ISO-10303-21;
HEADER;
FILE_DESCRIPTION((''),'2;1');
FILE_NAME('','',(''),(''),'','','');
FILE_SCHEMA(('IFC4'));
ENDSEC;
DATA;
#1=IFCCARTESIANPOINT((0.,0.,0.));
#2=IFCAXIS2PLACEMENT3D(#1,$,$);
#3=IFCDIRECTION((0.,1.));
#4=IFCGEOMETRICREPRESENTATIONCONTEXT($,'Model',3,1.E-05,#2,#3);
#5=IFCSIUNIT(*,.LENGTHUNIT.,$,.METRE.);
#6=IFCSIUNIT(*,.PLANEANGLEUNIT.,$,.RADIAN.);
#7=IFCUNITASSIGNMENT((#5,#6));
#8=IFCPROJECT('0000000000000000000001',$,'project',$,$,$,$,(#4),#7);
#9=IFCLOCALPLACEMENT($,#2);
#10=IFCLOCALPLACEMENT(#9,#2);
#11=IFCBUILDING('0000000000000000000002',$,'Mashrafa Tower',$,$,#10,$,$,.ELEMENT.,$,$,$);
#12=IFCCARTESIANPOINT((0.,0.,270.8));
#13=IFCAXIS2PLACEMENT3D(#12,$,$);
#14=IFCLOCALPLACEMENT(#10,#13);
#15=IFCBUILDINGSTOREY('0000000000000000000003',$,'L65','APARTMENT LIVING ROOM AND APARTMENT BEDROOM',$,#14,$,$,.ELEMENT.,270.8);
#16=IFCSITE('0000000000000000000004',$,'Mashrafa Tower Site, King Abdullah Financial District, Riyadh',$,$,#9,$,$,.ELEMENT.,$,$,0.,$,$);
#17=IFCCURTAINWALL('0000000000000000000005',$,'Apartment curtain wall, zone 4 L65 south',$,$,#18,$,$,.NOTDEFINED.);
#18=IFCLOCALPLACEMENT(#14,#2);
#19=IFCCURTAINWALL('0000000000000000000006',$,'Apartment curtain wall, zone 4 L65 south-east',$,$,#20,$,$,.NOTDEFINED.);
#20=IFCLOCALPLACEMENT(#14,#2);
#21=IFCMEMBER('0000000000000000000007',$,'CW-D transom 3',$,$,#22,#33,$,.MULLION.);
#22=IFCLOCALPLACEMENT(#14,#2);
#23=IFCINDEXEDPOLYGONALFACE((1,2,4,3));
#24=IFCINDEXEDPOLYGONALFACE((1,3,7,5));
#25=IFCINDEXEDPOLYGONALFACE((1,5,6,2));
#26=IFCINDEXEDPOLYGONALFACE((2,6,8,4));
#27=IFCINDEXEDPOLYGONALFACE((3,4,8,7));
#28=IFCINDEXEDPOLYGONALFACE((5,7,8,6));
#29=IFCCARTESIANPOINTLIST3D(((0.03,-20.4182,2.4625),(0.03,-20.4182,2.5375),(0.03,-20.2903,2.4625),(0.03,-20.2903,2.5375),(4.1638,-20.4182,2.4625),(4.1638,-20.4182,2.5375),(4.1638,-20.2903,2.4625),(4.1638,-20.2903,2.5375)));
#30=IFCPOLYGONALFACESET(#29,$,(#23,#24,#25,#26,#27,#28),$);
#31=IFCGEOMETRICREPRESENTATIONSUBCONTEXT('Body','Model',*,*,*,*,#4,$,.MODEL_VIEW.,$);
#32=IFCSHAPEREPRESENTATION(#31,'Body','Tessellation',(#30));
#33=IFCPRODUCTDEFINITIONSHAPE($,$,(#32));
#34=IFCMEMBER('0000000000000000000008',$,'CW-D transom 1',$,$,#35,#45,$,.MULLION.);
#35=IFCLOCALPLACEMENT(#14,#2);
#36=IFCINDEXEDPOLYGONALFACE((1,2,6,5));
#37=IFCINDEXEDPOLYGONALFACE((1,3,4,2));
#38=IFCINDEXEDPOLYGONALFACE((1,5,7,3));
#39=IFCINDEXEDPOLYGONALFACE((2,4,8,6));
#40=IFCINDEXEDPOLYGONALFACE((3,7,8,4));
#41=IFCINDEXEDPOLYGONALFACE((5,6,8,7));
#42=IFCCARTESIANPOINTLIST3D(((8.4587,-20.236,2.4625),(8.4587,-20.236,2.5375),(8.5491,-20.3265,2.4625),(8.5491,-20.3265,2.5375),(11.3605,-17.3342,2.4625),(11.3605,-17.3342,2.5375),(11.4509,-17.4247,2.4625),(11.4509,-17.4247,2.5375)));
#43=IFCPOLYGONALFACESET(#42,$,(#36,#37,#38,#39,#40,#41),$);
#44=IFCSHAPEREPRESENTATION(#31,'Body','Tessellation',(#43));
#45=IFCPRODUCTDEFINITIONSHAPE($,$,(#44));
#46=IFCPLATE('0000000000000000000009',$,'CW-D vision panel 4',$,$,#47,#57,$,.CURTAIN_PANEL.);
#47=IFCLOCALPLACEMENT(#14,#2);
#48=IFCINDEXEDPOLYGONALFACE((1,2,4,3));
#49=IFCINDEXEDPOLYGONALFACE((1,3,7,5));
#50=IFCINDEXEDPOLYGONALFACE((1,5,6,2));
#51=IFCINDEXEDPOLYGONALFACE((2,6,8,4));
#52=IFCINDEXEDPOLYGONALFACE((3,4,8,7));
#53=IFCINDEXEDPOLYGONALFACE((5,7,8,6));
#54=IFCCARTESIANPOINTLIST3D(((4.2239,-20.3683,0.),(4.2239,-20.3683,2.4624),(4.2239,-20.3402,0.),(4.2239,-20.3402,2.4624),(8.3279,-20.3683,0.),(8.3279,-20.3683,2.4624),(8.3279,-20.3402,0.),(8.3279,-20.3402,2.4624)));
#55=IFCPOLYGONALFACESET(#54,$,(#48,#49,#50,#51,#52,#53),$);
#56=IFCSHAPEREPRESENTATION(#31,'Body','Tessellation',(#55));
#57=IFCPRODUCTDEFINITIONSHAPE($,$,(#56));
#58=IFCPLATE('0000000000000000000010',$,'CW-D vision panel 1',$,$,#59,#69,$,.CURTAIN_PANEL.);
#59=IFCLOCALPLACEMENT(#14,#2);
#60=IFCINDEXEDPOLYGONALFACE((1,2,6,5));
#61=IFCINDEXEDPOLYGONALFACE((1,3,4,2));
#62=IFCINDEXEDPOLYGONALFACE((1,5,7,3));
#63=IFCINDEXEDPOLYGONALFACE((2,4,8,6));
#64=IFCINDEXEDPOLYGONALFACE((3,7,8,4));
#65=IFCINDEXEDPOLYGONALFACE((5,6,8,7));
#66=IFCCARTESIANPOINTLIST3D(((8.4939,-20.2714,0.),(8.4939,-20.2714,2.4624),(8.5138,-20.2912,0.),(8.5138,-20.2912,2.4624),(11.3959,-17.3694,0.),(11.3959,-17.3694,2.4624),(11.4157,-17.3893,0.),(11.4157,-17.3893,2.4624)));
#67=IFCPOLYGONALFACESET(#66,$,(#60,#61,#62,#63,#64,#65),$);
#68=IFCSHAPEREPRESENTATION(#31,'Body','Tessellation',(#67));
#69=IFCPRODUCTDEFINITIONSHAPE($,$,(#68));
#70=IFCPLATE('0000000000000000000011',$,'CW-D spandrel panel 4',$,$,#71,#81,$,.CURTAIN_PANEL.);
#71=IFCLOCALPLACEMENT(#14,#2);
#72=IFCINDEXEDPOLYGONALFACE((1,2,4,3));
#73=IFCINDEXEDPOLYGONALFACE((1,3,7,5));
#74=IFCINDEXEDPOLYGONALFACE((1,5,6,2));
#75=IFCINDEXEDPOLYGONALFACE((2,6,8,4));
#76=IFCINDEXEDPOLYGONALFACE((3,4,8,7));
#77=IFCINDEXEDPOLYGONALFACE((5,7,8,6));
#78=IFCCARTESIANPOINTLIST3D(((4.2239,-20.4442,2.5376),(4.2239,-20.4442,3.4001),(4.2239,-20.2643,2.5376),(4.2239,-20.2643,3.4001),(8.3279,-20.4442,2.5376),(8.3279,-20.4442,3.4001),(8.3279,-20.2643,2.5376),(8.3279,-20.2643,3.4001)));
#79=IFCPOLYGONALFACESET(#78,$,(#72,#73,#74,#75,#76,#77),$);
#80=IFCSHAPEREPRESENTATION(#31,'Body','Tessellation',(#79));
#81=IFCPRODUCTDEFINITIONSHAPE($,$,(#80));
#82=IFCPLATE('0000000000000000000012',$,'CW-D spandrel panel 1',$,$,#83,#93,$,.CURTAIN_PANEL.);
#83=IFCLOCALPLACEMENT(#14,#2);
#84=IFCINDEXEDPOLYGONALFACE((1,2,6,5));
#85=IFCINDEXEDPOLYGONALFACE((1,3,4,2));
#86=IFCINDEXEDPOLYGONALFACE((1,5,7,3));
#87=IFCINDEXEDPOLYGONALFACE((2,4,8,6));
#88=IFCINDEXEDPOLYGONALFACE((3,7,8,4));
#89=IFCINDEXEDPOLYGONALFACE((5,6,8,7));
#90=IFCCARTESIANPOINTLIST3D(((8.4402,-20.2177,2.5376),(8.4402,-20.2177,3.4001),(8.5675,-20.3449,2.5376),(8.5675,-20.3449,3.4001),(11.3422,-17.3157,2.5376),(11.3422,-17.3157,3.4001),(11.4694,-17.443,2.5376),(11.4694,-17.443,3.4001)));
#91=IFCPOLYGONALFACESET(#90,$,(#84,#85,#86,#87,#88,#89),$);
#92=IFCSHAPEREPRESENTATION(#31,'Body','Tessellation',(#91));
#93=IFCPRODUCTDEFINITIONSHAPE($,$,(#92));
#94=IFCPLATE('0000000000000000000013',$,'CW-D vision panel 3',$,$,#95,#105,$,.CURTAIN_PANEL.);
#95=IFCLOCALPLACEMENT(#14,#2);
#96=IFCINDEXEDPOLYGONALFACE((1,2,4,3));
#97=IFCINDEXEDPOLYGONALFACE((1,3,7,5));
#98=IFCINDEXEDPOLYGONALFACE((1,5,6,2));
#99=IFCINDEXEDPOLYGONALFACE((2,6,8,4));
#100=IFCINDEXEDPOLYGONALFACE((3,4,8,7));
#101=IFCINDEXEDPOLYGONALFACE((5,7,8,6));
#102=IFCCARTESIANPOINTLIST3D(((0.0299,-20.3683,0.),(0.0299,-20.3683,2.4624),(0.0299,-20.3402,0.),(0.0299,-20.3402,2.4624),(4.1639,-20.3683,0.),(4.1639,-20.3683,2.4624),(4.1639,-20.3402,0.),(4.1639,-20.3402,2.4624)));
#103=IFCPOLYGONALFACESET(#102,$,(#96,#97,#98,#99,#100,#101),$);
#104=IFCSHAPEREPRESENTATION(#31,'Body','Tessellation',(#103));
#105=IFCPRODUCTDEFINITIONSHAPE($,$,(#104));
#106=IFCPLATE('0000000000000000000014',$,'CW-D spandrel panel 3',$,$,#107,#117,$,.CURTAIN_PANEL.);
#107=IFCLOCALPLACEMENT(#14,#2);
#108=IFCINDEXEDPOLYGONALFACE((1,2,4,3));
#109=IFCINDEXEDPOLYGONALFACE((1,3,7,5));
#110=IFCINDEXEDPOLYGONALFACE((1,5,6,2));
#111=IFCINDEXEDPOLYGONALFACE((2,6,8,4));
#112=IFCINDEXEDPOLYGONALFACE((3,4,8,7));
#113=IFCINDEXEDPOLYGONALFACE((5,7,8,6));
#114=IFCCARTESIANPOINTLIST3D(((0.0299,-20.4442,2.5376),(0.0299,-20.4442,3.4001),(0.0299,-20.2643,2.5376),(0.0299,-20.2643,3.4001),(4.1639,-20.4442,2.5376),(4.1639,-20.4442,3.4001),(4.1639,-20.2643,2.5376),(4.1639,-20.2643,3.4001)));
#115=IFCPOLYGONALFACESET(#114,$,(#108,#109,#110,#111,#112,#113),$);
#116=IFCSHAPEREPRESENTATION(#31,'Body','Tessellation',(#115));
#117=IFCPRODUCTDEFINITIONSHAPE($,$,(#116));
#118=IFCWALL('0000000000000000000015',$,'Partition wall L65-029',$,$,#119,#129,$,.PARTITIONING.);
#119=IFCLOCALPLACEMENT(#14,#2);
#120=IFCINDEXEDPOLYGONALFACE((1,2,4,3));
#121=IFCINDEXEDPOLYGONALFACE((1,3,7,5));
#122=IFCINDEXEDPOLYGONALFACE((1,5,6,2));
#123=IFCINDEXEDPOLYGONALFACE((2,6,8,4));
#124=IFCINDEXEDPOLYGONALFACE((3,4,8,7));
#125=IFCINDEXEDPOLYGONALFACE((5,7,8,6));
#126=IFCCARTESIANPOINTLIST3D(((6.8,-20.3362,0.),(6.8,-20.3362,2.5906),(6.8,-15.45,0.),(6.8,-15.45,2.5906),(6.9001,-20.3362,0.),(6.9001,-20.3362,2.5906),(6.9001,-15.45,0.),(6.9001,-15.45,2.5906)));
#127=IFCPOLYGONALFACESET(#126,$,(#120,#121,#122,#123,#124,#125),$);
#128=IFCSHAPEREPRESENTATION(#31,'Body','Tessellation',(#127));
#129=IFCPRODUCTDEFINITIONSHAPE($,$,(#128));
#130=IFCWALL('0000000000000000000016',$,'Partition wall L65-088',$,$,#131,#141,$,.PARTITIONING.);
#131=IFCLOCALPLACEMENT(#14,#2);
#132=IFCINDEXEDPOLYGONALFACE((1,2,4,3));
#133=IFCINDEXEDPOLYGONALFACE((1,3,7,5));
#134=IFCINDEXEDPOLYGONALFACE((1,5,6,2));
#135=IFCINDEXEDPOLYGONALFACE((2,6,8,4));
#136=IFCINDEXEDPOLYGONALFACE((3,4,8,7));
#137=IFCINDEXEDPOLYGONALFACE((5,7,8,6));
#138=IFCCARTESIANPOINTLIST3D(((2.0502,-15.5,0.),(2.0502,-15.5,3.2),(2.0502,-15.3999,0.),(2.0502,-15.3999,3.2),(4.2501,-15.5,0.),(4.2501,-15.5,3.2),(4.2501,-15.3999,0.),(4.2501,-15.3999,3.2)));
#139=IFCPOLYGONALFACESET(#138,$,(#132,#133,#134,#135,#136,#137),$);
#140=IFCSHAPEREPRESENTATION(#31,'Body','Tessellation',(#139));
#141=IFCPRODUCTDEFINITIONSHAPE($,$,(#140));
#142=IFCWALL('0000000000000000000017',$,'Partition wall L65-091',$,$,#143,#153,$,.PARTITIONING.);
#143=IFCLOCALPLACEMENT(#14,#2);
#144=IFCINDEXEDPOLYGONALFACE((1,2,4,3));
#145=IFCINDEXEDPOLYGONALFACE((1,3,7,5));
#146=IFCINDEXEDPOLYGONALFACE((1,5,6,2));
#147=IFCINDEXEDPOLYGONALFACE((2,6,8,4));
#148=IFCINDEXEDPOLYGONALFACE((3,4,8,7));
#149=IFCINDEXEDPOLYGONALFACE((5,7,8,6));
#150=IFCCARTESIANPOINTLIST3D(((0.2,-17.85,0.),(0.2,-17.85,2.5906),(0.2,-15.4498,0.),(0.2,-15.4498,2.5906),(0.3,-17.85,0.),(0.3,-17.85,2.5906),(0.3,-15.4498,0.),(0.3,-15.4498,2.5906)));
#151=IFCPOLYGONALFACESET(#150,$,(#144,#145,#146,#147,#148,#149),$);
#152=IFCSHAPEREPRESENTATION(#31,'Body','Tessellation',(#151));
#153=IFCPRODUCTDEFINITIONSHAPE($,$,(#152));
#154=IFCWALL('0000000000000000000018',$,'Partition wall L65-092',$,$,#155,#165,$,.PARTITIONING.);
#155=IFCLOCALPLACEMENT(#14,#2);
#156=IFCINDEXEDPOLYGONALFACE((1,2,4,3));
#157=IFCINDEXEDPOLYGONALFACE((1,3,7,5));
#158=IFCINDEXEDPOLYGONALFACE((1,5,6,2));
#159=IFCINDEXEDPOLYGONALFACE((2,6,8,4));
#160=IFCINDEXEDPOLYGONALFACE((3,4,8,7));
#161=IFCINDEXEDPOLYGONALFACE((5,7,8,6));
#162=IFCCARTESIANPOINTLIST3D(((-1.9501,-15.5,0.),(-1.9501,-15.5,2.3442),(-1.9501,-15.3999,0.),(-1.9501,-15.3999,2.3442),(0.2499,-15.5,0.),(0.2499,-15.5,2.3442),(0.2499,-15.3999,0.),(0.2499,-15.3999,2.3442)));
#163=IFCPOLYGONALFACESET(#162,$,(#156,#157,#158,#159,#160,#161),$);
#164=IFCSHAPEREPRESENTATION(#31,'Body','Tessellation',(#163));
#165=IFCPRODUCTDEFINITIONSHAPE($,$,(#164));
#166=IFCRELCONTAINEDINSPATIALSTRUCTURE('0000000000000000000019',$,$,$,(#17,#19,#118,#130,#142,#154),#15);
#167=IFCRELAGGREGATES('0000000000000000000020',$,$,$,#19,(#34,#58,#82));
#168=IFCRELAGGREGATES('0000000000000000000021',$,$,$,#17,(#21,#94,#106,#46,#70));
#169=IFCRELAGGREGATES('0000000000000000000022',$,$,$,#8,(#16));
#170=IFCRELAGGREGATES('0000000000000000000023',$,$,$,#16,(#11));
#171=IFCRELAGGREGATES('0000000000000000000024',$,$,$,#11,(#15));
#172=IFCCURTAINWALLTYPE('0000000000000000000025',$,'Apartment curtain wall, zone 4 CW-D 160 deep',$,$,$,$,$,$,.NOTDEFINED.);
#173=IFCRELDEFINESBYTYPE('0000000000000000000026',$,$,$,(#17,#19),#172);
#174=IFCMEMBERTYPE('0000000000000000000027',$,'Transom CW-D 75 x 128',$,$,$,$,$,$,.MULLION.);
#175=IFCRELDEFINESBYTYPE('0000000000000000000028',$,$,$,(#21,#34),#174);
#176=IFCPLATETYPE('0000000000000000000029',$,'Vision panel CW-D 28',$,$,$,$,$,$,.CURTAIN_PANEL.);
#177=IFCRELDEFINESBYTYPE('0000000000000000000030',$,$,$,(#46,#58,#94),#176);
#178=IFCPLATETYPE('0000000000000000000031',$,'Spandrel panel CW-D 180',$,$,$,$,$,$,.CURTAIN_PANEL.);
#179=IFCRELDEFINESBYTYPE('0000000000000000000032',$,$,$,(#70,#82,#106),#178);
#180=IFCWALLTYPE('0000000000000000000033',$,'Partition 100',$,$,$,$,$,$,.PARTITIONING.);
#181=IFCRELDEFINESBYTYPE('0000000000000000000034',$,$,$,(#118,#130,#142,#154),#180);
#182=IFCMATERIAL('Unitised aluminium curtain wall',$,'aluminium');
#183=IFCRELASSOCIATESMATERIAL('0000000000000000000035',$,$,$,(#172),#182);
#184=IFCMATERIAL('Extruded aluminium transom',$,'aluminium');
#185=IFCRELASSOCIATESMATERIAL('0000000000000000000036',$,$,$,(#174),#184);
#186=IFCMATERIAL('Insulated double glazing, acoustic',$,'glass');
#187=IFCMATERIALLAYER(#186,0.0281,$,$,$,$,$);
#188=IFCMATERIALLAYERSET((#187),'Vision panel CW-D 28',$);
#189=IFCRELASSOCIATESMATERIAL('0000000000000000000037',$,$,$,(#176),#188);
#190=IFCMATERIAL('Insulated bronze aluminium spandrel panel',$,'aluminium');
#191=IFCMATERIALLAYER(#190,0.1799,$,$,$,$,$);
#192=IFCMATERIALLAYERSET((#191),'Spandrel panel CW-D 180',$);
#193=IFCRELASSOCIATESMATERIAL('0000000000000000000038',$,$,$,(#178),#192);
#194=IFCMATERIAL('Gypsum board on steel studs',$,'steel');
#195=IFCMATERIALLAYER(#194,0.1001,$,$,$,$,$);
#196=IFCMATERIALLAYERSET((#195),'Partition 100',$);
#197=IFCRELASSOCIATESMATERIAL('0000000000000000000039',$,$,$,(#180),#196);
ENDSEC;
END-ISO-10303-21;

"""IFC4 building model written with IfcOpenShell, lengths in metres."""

from ifc_helpers import new_model, si_unit, direction, frame, frame_2d, origin, origin_2d, place, context, subcontext, project, spatial, rectangle, extrude, source, transform, mapped, material, layer, layer_set, material_profile, profile_set, type_object, type_shapes, element, aggregate, save


model = new_model("IFC4")

# Units and contexts
model_context = context("Model", 3, precision=1e-05, world=origin(), true_north=direction((0.0, 1.0)))
body_context = subcontext(model_context, "Body", "Model", "MODEL_VIEW")
ifc_project = project(units=[si_unit("LENGTHUNIT", "METRE"), si_unit("PLANEANGLEUNIT", "RADIAN")], contexts=[model_context])

# Site, building, storey
site_placement = place(None, origin())
site = spatial("IfcSite", under=ifc_project, at=site_placement, Name="Mashrafa Tower Site, King Abdullah Financial District, Riyadh", CompositionType="ELEMENT", RefElevation=0.0)
building_placement = place(site_placement, origin())
building = spatial("IfcBuilding", under=site, at=building_placement, Name="Mashrafa Tower", CompositionType="ELEMENT")
storey_placement = place(building_placement, frame((0.0, 0.0, 270.8)))
storey = spatial("IfcBuildingStorey", under=building, at=storey_placement, Name="L65", Description="APARTMENT LIVING ROOM AND APARTMENT BEDROOM", CompositionType="ELEMENT", Elevation=270.8)

# Curtain wall
ifc_material_1 = material(Name="Unitised aluminium curtain wall", Category="aluminium")
curtain_wall_type = type_object("IfcCurtainWallType", Name="Apartment curtain wall, zone 4 CW-D 160 deep", PredefinedType="NOTDEFINED", material=ifc_material_1)
curtain_wall_1_placement = place(storey_placement, origin())
curtain_wall_1 = element("IfcCurtainWall", 1, at=curtain_wall_1_placement, inside=storey, type_object=curtain_wall_type, Name="Apartment curtain wall, zone 4 L65 south", PredefinedType="NOTDEFINED")

# Curtain wall
curtain_wall_2_placement = place(storey_placement, origin())
curtain_wall_2 = element("IfcCurtainWall", 2, at=curtain_wall_2_placement, inside=storey, type_object=curtain_wall_type, Name="Apartment curtain wall, zone 4 L65 south-east", PredefinedType="NOTDEFINED")

# Members
ifc_material_2 = material(Name="Extruded aluminium transom", Category="aluminium")
ifc_material_profile_1 = material_profile(ifc_material_2, rectangle(XDim=0.1279, YDim=0.075, at=origin_2d()), Name="Transom 75x128")
ifc_profile_set_1 = profile_set([ifc_material_profile_1], Name="Extruded aluminium transom")
member_type_1 = type_object("IfcMemberType", Name="Transom CW-D 75 x 128", PredefinedType="MULLION", material=ifc_profile_set_1)
shared_shape_1 = source(origin(), body_context, "Body", "SweptSolid", [
    extrude(rectangle(XDim=0.1279, YDim=0.075, at=origin_2d()), origin(), (0.0, 0.0, 1.0), 4.1338),
])
member_1_placement = place(storey_placement, frame((0.03, -20.3542, 2.5), z_axis=(1.0, 0.0, 0.0), x_axis=(0.0, 1.0, 0.0)))
member_1 = element("IfcMember", 3, at=member_1_placement, type_object=member_type_1, Name="CW-D transom 3", PredefinedType="MULLION", context=body_context, shape_type="MappedRepresentation", body=[
    mapped(shared_shape_1, transform((0.0, 0.0, 0.0))),
])
shared_shape_2 = source(origin(), body_context, "Body", "SweptSolid", [
    extrude(rectangle(XDim=0.1279, YDim=0.075, at=origin_2d()), origin(), (0.0, 0.0, 1.0), 4.1038),
])
member_2_placement = place(storey_placement, frame((8.5039, -20.2812, 2.5), z_axis=(0.707107, 0.707107, 0.0), x_axis=(-0.707107, 0.707107, 0.0)))
member_2 = element("IfcMember", 4, at=member_2_placement, type_object=member_type_1, Name="CW-D transom 1", PredefinedType="MULLION", context=body_context, shape_type="MappedRepresentation", body=[
    mapped(shared_shape_2, transform((0.0, 0.0, 0.0))),
])

# Plates
ifc_material_3 = material(Name="Insulated double glazing, acoustic", Category="glass")
ifc_layer_1 = layer(ifc_material_3, 0.0281)
ifc_layer_set_1 = layer_set([ifc_layer_1], Name="Vision panel CW-D 28")
plate_type_1 = type_object("IfcPlateType", Name="Vision panel CW-D 28", PredefinedType="CURTAIN_PANEL", material=ifc_layer_set_1)
shared_shape_3 = source(origin(), body_context, "Body", "SweptSolid", [
    extrude(rectangle(XDim=4.104, YDim=0.0281, at=origin_2d()), origin(), (0.0, 0.0, 1.0), 2.4624),
])
plate_1_placement = place(storey_placement, frame((6.2759, -20.3542, 0.0), z_axis=(0.0, 0.0, 1.0), x_axis=(1.0, 0.0, 0.0)))
plate_1 = element("IfcPlate", 5, at=plate_1_placement, type_object=plate_type_1, Name="CW-D vision panel 4", PredefinedType="CURTAIN_PANEL", context=body_context, shape_type="MappedRepresentation", body=[
    mapped(shared_shape_3, transform((0.0, 0.0, 0.0))),
])
plate_2_placement = place(storey_placement, frame((9.9548, -18.8303, 0.0), z_axis=(0.0, 0.0, 1.0), x_axis=(0.707107, 0.707107, 0.0)))
plate_2 = element("IfcPlate", 6, at=plate_2_placement, type_object=plate_type_1, Name="CW-D vision panel 1", PredefinedType="CURTAIN_PANEL", context=body_context, shape_type="MappedRepresentation", body=[
    mapped(shared_shape_3, transform((0.0, 0.0, 0.0))),
])
ifc_material_4 = material(Name="Insulated bronze aluminium spandrel panel", Category="aluminium")
ifc_layer_2 = layer(ifc_material_4, 0.1799)
ifc_layer_set_2 = layer_set([ifc_layer_2], Name="Spandrel panel CW-D 180")
plate_type_2 = type_object("IfcPlateType", Name="Spandrel panel CW-D 180", PredefinedType="CURTAIN_PANEL", material=ifc_layer_set_2)
shared_shape_4 = source(origin(), body_context, "Body", "SweptSolid", [
    extrude(rectangle(XDim=4.104, YDim=0.1799, at=origin_2d()), origin(), (0.0, 0.0, 1.0), 0.8625),
])
plate_3_placement = place(storey_placement, frame((6.2759, -20.3542, 2.5376), z_axis=(0.0, 0.0, 1.0), x_axis=(1.0, 0.0, 0.0)))
plate_3 = element("IfcPlate", 7, at=plate_3_placement, type_object=plate_type_2, Name="CW-D spandrel panel 4", PredefinedType="CURTAIN_PANEL", context=body_context, shape_type="MappedRepresentation", body=[
    mapped(shared_shape_4, transform((0.0, 0.0, 0.0))),
])
plate_4_placement = place(storey_placement, frame((9.9548, -18.8303, 2.5376), z_axis=(0.0, 0.0, 1.0), x_axis=(0.707107, 0.707107, 0.0)))
plate_4 = element("IfcPlate", 8, at=plate_4_placement, type_object=plate_type_2, Name="CW-D spandrel panel 1", PredefinedType="CURTAIN_PANEL", context=body_context, shape_type="MappedRepresentation", body=[
    mapped(shared_shape_4, transform((0.0, 0.0, 0.0))),
])
aggregate(curtain_wall_2, [member_2, plate_2, plate_4])
shared_shape_5 = source(origin(), body_context, "Body", "SweptSolid", [
    extrude(rectangle(XDim=4.134, YDim=0.0281, at=origin_2d()), origin(), (0.0, 0.0, 1.0), 2.4624),
])
type_shapes(plate_type_1, [shared_shape_3, shared_shape_5])
plate_5_placement = place(storey_placement, frame((2.0969, -20.3542, 0.0), z_axis=(0.0, 0.0, 1.0), x_axis=(1.0, 0.0, 0.0)))
plate_5 = element("IfcPlate", 9, at=plate_5_placement, type_object=plate_type_1, Name="CW-D vision panel 3", PredefinedType="CURTAIN_PANEL", context=body_context, shape_type="MappedRepresentation", body=[
    mapped(shared_shape_5, transform((0.0, 0.0, 0.0))),
])
shared_shape_6 = source(origin(), body_context, "Body", "SweptSolid", [
    extrude(rectangle(XDim=4.134, YDim=0.1799, at=origin_2d()), origin(), (0.0, 0.0, 1.0), 0.8625),
])
type_shapes(plate_type_2, [shared_shape_4, shared_shape_6])
plate_6_placement = place(storey_placement, frame((2.0969, -20.3542, 2.5376), z_axis=(0.0, 0.0, 1.0), x_axis=(1.0, 0.0, 0.0)))
plate_6 = element("IfcPlate", 10, at=plate_6_placement, type_object=plate_type_2, Name="CW-D spandrel panel 3", PredefinedType="CURTAIN_PANEL", context=body_context, shape_type="MappedRepresentation", body=[
    mapped(shared_shape_6, transform((0.0, 0.0, 0.0))),
])
aggregate(curtain_wall_1, [member_1, plate_5, plate_6, plate_1, plate_3])

# Walls
ifc_material_5 = material(Name="Gypsum board on steel studs", Category="steel")
ifc_layer_3 = layer(ifc_material_5, 0.1001)
ifc_layer_set_3 = layer_set([ifc_layer_3], Name="Partition 100")
wall_type = type_object("IfcWallType", Name="Partition 100", PredefinedType="PARTITIONING", material=ifc_layer_set_3)
wall_1_placement = place(storey_placement, frame((6.8501, -15.45, 0.0), z_axis=(0.0, 0.0, 1.0), x_axis=(0.0, -1.0, 0.0)))
element("IfcWall", 11, at=wall_1_placement, inside=storey, type_object=wall_type, Name="Partition wall L65-029", PredefinedType="PARTITIONING", context=body_context, shape_type="SweptSolid", body=[
    extrude(rectangle(XDim=4.8862, YDim=0.1001, at=frame_2d((2.4431, 0.0))), origin(), (0.0, 0.0, 1.0), 2.5906),
])
wall_2_placement = place(storey_placement, frame((2.05, -15.45, 0.0), z_axis=(0.0, 0.0, 1.0), x_axis=(1.0, 0.0, 0.0)))
element("IfcWall", 12, at=wall_2_placement, inside=storey, type_object=wall_type, Name="Partition wall L65-088", PredefinedType="PARTITIONING", context=body_context, shape_type="SweptSolid", body=[
    extrude(rectangle(XDim=2.2, YDim=0.1001, at=frame_2d((1.1001, 0.0))), origin(), (0.0, 0.0, 1.0), 3.2),
])
wall_3_placement = place(storey_placement, frame((0.25, -17.8501, 0.0), z_axis=(0.0, 0.0, 1.0), x_axis=(0.0, 1.0, 0.0)))
element("IfcWall", 13, at=wall_3_placement, inside=storey, type_object=wall_type, Name="Partition wall L65-091", PredefinedType="PARTITIONING", context=body_context, shape_type="SweptSolid", body=[
    extrude(rectangle(XDim=2.4001, YDim=0.1001, at=frame_2d((1.2002, 0.0))), origin(), (0.0, 0.0, 1.0), 2.5906),
])
wall_4_placement = place(storey_placement, frame((0.25, -15.45, 0.0), z_axis=(0.0, 0.0, 1.0), x_axis=(-1.0, 0.0, 0.0)))
element("IfcWall", 14, at=wall_4_placement, inside=storey, type_object=wall_type, Name="Partition wall L65-092", PredefinedType="PARTITIONING", context=body_context, shape_type="SweptSolid", body=[
    extrude(rectangle(XDim=2.2, YDim=0.1001, at=frame_2d((1.1001, 0.0))), origin(), (0.0, 0.0, 1.0), 2.3442),
])

save(model, "model.ifc")
